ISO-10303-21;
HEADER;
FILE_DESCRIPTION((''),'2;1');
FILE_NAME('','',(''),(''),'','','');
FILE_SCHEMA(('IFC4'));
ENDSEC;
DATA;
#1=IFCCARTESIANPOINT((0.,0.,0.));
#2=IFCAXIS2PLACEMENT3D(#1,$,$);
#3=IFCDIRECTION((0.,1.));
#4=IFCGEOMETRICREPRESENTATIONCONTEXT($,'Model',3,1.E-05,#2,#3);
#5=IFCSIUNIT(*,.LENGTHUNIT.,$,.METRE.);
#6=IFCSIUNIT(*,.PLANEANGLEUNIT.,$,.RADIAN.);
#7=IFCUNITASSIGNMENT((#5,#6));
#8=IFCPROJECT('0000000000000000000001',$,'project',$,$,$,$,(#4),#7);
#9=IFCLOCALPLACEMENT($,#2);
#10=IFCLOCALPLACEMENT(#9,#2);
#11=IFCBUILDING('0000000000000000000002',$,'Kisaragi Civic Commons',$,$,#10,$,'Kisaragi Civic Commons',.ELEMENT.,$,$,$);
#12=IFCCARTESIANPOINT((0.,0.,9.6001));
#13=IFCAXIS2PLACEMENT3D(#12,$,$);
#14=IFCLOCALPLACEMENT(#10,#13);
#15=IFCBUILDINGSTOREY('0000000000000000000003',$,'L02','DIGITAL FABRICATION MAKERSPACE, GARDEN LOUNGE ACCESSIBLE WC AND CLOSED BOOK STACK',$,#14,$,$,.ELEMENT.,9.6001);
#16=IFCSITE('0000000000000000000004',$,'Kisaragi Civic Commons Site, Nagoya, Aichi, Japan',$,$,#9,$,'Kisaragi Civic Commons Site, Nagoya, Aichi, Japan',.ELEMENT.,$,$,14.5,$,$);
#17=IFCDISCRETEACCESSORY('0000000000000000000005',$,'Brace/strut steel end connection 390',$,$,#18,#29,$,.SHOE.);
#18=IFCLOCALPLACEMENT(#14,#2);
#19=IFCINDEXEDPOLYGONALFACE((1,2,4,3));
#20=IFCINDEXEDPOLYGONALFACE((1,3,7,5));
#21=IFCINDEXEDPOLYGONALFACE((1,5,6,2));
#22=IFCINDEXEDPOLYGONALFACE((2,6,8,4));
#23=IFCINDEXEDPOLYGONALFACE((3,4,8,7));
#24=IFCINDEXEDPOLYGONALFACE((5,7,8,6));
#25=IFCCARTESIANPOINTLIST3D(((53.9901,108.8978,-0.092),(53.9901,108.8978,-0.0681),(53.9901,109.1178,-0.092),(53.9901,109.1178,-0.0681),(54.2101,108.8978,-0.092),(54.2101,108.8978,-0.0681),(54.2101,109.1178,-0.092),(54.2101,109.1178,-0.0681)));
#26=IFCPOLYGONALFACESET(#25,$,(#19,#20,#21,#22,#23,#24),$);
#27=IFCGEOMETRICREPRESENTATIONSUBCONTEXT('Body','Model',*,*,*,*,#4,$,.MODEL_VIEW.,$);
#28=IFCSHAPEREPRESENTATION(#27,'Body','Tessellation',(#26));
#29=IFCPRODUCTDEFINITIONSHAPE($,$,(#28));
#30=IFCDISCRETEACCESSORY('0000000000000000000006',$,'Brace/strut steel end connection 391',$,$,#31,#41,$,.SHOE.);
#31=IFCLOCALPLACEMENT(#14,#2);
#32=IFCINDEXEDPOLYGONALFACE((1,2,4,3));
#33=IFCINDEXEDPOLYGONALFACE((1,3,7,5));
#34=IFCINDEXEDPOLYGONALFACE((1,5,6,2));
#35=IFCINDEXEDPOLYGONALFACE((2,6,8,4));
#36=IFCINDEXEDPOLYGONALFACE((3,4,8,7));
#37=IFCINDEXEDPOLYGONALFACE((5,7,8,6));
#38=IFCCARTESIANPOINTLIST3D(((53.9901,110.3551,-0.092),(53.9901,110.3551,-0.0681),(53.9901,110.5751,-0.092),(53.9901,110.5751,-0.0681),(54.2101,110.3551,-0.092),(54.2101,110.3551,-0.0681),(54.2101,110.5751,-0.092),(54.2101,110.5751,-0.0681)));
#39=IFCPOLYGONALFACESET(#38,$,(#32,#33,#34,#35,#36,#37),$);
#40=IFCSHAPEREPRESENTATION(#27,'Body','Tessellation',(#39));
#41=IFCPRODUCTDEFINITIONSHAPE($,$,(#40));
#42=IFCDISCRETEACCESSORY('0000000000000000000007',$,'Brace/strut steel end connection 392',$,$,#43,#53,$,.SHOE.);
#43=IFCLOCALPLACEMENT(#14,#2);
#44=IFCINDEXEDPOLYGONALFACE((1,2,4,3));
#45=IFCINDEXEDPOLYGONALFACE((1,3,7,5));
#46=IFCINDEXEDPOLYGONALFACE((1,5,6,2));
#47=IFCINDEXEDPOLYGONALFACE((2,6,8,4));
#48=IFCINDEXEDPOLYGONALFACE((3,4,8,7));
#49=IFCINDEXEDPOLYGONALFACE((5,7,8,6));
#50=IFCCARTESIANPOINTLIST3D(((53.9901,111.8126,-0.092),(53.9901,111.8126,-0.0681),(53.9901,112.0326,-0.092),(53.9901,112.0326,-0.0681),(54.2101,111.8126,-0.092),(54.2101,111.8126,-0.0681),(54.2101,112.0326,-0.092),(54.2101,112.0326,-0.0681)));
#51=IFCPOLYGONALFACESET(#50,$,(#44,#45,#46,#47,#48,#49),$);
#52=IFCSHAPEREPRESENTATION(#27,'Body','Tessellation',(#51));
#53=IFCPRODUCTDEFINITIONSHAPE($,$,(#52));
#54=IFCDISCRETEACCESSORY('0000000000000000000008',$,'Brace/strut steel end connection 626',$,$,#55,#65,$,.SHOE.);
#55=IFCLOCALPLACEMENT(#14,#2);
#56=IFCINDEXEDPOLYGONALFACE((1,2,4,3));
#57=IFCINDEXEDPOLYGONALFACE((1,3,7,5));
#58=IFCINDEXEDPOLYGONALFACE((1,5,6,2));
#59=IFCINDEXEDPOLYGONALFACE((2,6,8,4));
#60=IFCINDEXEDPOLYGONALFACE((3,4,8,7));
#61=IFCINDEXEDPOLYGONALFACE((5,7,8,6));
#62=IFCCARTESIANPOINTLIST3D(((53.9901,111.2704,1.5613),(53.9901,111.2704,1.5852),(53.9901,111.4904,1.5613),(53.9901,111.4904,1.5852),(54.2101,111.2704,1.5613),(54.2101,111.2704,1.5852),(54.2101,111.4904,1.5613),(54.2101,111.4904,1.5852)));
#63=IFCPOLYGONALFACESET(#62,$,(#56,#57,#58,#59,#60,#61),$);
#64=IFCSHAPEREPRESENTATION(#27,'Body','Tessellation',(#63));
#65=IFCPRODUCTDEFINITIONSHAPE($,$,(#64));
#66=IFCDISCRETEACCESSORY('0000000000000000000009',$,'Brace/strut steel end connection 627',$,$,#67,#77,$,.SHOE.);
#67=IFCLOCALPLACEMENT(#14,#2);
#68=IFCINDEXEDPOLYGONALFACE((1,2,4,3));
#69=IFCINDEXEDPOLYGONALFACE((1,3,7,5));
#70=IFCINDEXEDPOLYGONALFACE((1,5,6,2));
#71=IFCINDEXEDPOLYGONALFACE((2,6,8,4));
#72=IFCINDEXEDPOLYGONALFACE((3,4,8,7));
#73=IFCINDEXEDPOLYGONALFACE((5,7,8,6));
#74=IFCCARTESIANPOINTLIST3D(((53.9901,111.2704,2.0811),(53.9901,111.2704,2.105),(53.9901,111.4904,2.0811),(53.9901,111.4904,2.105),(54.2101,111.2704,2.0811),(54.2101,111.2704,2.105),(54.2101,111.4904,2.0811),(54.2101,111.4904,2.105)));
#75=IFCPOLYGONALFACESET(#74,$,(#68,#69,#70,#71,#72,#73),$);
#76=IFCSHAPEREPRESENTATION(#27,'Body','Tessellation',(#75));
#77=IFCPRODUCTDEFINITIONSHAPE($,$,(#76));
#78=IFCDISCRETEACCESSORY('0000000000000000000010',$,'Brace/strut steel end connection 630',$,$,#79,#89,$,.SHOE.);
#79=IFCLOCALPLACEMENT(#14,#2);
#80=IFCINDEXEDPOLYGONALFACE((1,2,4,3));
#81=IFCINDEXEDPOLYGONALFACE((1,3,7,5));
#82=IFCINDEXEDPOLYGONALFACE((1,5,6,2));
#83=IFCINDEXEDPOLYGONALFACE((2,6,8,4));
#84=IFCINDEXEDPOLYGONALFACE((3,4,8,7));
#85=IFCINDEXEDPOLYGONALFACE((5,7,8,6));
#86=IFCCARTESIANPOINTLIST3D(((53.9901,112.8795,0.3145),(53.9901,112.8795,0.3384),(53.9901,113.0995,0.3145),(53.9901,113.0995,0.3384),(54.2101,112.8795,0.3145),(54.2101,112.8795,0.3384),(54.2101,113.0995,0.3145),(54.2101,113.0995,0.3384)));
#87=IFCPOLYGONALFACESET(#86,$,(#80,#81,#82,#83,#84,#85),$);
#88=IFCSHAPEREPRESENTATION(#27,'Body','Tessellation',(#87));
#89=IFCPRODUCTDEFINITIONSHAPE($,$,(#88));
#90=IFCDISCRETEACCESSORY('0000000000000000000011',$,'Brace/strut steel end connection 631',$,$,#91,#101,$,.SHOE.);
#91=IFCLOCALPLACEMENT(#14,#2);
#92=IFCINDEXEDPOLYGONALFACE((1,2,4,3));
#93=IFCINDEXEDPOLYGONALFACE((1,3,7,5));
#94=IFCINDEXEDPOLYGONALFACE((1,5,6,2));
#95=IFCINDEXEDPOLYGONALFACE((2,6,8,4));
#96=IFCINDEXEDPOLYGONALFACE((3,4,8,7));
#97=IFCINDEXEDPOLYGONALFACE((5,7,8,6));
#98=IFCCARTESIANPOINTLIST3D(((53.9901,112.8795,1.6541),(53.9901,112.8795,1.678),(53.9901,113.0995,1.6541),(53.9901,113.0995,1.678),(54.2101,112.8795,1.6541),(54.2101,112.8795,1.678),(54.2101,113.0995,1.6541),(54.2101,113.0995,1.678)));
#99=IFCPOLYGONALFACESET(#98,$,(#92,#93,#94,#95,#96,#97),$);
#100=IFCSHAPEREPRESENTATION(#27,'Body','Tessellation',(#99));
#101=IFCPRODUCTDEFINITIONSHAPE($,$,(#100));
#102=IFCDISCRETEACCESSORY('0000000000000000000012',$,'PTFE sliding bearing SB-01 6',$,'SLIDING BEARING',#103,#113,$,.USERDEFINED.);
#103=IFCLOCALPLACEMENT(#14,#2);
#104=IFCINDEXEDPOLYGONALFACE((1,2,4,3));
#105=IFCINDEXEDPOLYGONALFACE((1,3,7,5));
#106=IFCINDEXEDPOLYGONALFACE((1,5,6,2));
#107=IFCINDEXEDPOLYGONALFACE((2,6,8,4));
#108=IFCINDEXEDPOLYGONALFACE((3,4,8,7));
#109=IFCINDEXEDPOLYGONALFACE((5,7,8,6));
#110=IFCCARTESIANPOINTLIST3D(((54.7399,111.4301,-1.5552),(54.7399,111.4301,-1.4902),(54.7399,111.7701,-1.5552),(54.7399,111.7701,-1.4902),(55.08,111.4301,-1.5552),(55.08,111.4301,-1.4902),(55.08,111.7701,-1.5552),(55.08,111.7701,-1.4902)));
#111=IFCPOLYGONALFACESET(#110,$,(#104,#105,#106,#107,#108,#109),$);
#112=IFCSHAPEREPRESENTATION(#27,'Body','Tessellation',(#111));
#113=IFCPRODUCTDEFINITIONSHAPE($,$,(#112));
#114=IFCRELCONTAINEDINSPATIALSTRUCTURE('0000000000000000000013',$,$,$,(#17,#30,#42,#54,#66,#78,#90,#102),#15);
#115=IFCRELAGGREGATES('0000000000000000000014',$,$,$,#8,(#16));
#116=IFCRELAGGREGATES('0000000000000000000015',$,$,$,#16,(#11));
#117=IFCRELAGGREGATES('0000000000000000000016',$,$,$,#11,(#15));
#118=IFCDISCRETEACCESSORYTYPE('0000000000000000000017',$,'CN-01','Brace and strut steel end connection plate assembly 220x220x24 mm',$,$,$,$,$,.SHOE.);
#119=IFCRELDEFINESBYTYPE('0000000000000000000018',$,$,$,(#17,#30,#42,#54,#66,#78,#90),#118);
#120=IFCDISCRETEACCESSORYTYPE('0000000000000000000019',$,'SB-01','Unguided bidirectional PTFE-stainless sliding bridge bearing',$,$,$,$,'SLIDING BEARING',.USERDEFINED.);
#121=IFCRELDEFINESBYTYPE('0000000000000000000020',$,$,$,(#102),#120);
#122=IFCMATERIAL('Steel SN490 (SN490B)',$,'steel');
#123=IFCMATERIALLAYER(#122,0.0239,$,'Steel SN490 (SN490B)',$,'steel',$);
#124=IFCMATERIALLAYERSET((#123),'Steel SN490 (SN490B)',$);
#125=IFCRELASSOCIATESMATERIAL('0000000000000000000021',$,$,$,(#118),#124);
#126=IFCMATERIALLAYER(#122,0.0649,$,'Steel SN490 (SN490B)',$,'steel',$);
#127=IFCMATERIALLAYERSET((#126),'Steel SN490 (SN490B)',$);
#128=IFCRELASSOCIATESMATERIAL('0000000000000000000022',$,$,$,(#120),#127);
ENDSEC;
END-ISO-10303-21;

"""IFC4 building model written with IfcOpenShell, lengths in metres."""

from ifc_helpers import new_model, si_unit, direction, frame, origin, origin_2d, place, context, subcontext, project, spatial, rectangle, extrude, material, layer, layer_set, type_object, element, save


model = new_model("IFC4")

# Units and contexts
model_context = context("Model", 3, precision=1e-05, world=origin(), true_north=direction((0.0, 1.0)))
body_context = subcontext(model_context, "Body", "Model", "MODEL_VIEW")
ifc_project = project(units=[si_unit("LENGTHUNIT", "METRE"), si_unit("PLANEANGLEUNIT", "RADIAN")], contexts=[model_context])

# Site, building, storey
site_placement = place(None, origin())
site = spatial("IfcSite", under=ifc_project, at=site_placement, Name="Kisaragi Civic Commons Site, Nagoya, Aichi, Japan", LongName="Kisaragi Civic Commons Site, Nagoya, Aichi, Japan", CompositionType="ELEMENT", RefElevation=14.5)
building_placement = place(site_placement, origin())
building = spatial("IfcBuilding", under=site, at=building_placement, Name="Kisaragi Civic Commons", LongName="Kisaragi Civic Commons", CompositionType="ELEMENT")
storey_placement = place(building_placement, frame((0.0, 0.0, 9.6001)))
storey = spatial("IfcBuildingStorey", under=building, at=storey_placement, Name="L02", Description="DIGITAL FABRICATION MAKERSPACE, GARDEN LOUNGE ACCESSIBLE WC AND CLOSED BOOK STACK", CompositionType="ELEMENT", Elevation=9.6001)

# Shared definitions
ifc_material_1 = material(Name="Steel SN490 (SN490B)", Category="steel")

# Discrete accessories
ifc_layer_1 = layer(ifc_material_1, 0.0239, Name="Steel SN490 (SN490B)", Category="steel")
ifc_layer_set_1 = layer_set([ifc_layer_1], Name="Steel SN490 (SN490B)")
discrete_accessory_type_1 = type_object("IfcDiscreteAccessoryType", Name="CN-01", Description="Brace and strut steel end connection plate assembly 220x220x24 mm", PredefinedType="SHOE", material=ifc_layer_set_1)
for number, where, z_axis, x_axis, name in (
    (1, (54.1001, 109.0078, -0.092), (0.0, 0.0, 1.0), (1.0, 0.0, 0.0), "Brace/strut steel end connection 390"),
    (2, (54.1001, 110.4651, -0.092), (0.0, 0.0, 1.0), (1.0, 0.0, 0.0), "Brace/strut steel end connection 391"),
    (3, (54.1001, 111.9226, -0.092), (0.0, 0.0, 1.0), (1.0, 0.0, 0.0), "Brace/strut steel end connection 392"),
    (4, (54.1001, 111.3804, 1.5613), (0.0, 0.0, 1.0), (1.0, 0.0, 0.0), "Brace/strut steel end connection 626"),
    (5, (54.1001, 111.3804, 2.0811), (0.0, 0.0, 1.0), (1.0, 0.0, 0.0), "Brace/strut steel end connection 627"),
    (6, (54.1001, 112.9895, 0.3145), (0.0, 0.0, 1.0), (1.0, 0.0, 0.0), "Brace/strut steel end connection 630"),
    (7, (54.1001, 112.9895, 1.6541), (0.0, 0.0, 1.0), (1.0, 0.0, 0.0), "Brace/strut steel end connection 631"),
):
    element("IfcDiscreteAccessory", number, at=place(storey_placement, frame(where, z_axis=z_axis, x_axis=x_axis)), inside=storey, type_object=discrete_accessory_type_1, Name=name, PredefinedType="SHOE", context=body_context, shape_type="SweptSolid", body=[
        extrude(rectangle(XDim=0.22, YDim=0.22, at=origin_2d()), origin(), (0.0, 0.0, 1.0), 0.0239),
    ])
ifc_layer_2 = layer(ifc_material_1, 0.0649, Name="Steel SN490 (SN490B)", Category="steel")
ifc_layer_set_2 = layer_set([ifc_layer_2], Name="Steel SN490 (SN490B)")
discrete_accessory_type_2 = type_object("IfcDiscreteAccessoryType", Name="SB-01", Description="Unguided bidirectional PTFE-stainless sliding bridge bearing", ElementType="SLIDING BEARING", PredefinedType="USERDEFINED", material=ifc_layer_set_2)
discrete_accessory_placement = place(storey_placement, frame((54.9099, 111.6001, -1.5552), z_axis=(0.0, 0.0, 1.0), x_axis=(1.0, 0.0, 0.0)))
element("IfcDiscreteAccessory", 8, at=discrete_accessory_placement, inside=storey, type_object=discrete_accessory_type_2, Name="PTFE sliding bearing SB-01 6", ObjectType="SLIDING BEARING", PredefinedType="USERDEFINED", context=body_context, shape_type="SweptSolid", body=[
    extrude(rectangle(XDim=0.3401, YDim=0.3401, at=origin_2d()), origin(), (0.0, 0.0, 1.0), 0.0649),
])

save(model, "model.ifc")
